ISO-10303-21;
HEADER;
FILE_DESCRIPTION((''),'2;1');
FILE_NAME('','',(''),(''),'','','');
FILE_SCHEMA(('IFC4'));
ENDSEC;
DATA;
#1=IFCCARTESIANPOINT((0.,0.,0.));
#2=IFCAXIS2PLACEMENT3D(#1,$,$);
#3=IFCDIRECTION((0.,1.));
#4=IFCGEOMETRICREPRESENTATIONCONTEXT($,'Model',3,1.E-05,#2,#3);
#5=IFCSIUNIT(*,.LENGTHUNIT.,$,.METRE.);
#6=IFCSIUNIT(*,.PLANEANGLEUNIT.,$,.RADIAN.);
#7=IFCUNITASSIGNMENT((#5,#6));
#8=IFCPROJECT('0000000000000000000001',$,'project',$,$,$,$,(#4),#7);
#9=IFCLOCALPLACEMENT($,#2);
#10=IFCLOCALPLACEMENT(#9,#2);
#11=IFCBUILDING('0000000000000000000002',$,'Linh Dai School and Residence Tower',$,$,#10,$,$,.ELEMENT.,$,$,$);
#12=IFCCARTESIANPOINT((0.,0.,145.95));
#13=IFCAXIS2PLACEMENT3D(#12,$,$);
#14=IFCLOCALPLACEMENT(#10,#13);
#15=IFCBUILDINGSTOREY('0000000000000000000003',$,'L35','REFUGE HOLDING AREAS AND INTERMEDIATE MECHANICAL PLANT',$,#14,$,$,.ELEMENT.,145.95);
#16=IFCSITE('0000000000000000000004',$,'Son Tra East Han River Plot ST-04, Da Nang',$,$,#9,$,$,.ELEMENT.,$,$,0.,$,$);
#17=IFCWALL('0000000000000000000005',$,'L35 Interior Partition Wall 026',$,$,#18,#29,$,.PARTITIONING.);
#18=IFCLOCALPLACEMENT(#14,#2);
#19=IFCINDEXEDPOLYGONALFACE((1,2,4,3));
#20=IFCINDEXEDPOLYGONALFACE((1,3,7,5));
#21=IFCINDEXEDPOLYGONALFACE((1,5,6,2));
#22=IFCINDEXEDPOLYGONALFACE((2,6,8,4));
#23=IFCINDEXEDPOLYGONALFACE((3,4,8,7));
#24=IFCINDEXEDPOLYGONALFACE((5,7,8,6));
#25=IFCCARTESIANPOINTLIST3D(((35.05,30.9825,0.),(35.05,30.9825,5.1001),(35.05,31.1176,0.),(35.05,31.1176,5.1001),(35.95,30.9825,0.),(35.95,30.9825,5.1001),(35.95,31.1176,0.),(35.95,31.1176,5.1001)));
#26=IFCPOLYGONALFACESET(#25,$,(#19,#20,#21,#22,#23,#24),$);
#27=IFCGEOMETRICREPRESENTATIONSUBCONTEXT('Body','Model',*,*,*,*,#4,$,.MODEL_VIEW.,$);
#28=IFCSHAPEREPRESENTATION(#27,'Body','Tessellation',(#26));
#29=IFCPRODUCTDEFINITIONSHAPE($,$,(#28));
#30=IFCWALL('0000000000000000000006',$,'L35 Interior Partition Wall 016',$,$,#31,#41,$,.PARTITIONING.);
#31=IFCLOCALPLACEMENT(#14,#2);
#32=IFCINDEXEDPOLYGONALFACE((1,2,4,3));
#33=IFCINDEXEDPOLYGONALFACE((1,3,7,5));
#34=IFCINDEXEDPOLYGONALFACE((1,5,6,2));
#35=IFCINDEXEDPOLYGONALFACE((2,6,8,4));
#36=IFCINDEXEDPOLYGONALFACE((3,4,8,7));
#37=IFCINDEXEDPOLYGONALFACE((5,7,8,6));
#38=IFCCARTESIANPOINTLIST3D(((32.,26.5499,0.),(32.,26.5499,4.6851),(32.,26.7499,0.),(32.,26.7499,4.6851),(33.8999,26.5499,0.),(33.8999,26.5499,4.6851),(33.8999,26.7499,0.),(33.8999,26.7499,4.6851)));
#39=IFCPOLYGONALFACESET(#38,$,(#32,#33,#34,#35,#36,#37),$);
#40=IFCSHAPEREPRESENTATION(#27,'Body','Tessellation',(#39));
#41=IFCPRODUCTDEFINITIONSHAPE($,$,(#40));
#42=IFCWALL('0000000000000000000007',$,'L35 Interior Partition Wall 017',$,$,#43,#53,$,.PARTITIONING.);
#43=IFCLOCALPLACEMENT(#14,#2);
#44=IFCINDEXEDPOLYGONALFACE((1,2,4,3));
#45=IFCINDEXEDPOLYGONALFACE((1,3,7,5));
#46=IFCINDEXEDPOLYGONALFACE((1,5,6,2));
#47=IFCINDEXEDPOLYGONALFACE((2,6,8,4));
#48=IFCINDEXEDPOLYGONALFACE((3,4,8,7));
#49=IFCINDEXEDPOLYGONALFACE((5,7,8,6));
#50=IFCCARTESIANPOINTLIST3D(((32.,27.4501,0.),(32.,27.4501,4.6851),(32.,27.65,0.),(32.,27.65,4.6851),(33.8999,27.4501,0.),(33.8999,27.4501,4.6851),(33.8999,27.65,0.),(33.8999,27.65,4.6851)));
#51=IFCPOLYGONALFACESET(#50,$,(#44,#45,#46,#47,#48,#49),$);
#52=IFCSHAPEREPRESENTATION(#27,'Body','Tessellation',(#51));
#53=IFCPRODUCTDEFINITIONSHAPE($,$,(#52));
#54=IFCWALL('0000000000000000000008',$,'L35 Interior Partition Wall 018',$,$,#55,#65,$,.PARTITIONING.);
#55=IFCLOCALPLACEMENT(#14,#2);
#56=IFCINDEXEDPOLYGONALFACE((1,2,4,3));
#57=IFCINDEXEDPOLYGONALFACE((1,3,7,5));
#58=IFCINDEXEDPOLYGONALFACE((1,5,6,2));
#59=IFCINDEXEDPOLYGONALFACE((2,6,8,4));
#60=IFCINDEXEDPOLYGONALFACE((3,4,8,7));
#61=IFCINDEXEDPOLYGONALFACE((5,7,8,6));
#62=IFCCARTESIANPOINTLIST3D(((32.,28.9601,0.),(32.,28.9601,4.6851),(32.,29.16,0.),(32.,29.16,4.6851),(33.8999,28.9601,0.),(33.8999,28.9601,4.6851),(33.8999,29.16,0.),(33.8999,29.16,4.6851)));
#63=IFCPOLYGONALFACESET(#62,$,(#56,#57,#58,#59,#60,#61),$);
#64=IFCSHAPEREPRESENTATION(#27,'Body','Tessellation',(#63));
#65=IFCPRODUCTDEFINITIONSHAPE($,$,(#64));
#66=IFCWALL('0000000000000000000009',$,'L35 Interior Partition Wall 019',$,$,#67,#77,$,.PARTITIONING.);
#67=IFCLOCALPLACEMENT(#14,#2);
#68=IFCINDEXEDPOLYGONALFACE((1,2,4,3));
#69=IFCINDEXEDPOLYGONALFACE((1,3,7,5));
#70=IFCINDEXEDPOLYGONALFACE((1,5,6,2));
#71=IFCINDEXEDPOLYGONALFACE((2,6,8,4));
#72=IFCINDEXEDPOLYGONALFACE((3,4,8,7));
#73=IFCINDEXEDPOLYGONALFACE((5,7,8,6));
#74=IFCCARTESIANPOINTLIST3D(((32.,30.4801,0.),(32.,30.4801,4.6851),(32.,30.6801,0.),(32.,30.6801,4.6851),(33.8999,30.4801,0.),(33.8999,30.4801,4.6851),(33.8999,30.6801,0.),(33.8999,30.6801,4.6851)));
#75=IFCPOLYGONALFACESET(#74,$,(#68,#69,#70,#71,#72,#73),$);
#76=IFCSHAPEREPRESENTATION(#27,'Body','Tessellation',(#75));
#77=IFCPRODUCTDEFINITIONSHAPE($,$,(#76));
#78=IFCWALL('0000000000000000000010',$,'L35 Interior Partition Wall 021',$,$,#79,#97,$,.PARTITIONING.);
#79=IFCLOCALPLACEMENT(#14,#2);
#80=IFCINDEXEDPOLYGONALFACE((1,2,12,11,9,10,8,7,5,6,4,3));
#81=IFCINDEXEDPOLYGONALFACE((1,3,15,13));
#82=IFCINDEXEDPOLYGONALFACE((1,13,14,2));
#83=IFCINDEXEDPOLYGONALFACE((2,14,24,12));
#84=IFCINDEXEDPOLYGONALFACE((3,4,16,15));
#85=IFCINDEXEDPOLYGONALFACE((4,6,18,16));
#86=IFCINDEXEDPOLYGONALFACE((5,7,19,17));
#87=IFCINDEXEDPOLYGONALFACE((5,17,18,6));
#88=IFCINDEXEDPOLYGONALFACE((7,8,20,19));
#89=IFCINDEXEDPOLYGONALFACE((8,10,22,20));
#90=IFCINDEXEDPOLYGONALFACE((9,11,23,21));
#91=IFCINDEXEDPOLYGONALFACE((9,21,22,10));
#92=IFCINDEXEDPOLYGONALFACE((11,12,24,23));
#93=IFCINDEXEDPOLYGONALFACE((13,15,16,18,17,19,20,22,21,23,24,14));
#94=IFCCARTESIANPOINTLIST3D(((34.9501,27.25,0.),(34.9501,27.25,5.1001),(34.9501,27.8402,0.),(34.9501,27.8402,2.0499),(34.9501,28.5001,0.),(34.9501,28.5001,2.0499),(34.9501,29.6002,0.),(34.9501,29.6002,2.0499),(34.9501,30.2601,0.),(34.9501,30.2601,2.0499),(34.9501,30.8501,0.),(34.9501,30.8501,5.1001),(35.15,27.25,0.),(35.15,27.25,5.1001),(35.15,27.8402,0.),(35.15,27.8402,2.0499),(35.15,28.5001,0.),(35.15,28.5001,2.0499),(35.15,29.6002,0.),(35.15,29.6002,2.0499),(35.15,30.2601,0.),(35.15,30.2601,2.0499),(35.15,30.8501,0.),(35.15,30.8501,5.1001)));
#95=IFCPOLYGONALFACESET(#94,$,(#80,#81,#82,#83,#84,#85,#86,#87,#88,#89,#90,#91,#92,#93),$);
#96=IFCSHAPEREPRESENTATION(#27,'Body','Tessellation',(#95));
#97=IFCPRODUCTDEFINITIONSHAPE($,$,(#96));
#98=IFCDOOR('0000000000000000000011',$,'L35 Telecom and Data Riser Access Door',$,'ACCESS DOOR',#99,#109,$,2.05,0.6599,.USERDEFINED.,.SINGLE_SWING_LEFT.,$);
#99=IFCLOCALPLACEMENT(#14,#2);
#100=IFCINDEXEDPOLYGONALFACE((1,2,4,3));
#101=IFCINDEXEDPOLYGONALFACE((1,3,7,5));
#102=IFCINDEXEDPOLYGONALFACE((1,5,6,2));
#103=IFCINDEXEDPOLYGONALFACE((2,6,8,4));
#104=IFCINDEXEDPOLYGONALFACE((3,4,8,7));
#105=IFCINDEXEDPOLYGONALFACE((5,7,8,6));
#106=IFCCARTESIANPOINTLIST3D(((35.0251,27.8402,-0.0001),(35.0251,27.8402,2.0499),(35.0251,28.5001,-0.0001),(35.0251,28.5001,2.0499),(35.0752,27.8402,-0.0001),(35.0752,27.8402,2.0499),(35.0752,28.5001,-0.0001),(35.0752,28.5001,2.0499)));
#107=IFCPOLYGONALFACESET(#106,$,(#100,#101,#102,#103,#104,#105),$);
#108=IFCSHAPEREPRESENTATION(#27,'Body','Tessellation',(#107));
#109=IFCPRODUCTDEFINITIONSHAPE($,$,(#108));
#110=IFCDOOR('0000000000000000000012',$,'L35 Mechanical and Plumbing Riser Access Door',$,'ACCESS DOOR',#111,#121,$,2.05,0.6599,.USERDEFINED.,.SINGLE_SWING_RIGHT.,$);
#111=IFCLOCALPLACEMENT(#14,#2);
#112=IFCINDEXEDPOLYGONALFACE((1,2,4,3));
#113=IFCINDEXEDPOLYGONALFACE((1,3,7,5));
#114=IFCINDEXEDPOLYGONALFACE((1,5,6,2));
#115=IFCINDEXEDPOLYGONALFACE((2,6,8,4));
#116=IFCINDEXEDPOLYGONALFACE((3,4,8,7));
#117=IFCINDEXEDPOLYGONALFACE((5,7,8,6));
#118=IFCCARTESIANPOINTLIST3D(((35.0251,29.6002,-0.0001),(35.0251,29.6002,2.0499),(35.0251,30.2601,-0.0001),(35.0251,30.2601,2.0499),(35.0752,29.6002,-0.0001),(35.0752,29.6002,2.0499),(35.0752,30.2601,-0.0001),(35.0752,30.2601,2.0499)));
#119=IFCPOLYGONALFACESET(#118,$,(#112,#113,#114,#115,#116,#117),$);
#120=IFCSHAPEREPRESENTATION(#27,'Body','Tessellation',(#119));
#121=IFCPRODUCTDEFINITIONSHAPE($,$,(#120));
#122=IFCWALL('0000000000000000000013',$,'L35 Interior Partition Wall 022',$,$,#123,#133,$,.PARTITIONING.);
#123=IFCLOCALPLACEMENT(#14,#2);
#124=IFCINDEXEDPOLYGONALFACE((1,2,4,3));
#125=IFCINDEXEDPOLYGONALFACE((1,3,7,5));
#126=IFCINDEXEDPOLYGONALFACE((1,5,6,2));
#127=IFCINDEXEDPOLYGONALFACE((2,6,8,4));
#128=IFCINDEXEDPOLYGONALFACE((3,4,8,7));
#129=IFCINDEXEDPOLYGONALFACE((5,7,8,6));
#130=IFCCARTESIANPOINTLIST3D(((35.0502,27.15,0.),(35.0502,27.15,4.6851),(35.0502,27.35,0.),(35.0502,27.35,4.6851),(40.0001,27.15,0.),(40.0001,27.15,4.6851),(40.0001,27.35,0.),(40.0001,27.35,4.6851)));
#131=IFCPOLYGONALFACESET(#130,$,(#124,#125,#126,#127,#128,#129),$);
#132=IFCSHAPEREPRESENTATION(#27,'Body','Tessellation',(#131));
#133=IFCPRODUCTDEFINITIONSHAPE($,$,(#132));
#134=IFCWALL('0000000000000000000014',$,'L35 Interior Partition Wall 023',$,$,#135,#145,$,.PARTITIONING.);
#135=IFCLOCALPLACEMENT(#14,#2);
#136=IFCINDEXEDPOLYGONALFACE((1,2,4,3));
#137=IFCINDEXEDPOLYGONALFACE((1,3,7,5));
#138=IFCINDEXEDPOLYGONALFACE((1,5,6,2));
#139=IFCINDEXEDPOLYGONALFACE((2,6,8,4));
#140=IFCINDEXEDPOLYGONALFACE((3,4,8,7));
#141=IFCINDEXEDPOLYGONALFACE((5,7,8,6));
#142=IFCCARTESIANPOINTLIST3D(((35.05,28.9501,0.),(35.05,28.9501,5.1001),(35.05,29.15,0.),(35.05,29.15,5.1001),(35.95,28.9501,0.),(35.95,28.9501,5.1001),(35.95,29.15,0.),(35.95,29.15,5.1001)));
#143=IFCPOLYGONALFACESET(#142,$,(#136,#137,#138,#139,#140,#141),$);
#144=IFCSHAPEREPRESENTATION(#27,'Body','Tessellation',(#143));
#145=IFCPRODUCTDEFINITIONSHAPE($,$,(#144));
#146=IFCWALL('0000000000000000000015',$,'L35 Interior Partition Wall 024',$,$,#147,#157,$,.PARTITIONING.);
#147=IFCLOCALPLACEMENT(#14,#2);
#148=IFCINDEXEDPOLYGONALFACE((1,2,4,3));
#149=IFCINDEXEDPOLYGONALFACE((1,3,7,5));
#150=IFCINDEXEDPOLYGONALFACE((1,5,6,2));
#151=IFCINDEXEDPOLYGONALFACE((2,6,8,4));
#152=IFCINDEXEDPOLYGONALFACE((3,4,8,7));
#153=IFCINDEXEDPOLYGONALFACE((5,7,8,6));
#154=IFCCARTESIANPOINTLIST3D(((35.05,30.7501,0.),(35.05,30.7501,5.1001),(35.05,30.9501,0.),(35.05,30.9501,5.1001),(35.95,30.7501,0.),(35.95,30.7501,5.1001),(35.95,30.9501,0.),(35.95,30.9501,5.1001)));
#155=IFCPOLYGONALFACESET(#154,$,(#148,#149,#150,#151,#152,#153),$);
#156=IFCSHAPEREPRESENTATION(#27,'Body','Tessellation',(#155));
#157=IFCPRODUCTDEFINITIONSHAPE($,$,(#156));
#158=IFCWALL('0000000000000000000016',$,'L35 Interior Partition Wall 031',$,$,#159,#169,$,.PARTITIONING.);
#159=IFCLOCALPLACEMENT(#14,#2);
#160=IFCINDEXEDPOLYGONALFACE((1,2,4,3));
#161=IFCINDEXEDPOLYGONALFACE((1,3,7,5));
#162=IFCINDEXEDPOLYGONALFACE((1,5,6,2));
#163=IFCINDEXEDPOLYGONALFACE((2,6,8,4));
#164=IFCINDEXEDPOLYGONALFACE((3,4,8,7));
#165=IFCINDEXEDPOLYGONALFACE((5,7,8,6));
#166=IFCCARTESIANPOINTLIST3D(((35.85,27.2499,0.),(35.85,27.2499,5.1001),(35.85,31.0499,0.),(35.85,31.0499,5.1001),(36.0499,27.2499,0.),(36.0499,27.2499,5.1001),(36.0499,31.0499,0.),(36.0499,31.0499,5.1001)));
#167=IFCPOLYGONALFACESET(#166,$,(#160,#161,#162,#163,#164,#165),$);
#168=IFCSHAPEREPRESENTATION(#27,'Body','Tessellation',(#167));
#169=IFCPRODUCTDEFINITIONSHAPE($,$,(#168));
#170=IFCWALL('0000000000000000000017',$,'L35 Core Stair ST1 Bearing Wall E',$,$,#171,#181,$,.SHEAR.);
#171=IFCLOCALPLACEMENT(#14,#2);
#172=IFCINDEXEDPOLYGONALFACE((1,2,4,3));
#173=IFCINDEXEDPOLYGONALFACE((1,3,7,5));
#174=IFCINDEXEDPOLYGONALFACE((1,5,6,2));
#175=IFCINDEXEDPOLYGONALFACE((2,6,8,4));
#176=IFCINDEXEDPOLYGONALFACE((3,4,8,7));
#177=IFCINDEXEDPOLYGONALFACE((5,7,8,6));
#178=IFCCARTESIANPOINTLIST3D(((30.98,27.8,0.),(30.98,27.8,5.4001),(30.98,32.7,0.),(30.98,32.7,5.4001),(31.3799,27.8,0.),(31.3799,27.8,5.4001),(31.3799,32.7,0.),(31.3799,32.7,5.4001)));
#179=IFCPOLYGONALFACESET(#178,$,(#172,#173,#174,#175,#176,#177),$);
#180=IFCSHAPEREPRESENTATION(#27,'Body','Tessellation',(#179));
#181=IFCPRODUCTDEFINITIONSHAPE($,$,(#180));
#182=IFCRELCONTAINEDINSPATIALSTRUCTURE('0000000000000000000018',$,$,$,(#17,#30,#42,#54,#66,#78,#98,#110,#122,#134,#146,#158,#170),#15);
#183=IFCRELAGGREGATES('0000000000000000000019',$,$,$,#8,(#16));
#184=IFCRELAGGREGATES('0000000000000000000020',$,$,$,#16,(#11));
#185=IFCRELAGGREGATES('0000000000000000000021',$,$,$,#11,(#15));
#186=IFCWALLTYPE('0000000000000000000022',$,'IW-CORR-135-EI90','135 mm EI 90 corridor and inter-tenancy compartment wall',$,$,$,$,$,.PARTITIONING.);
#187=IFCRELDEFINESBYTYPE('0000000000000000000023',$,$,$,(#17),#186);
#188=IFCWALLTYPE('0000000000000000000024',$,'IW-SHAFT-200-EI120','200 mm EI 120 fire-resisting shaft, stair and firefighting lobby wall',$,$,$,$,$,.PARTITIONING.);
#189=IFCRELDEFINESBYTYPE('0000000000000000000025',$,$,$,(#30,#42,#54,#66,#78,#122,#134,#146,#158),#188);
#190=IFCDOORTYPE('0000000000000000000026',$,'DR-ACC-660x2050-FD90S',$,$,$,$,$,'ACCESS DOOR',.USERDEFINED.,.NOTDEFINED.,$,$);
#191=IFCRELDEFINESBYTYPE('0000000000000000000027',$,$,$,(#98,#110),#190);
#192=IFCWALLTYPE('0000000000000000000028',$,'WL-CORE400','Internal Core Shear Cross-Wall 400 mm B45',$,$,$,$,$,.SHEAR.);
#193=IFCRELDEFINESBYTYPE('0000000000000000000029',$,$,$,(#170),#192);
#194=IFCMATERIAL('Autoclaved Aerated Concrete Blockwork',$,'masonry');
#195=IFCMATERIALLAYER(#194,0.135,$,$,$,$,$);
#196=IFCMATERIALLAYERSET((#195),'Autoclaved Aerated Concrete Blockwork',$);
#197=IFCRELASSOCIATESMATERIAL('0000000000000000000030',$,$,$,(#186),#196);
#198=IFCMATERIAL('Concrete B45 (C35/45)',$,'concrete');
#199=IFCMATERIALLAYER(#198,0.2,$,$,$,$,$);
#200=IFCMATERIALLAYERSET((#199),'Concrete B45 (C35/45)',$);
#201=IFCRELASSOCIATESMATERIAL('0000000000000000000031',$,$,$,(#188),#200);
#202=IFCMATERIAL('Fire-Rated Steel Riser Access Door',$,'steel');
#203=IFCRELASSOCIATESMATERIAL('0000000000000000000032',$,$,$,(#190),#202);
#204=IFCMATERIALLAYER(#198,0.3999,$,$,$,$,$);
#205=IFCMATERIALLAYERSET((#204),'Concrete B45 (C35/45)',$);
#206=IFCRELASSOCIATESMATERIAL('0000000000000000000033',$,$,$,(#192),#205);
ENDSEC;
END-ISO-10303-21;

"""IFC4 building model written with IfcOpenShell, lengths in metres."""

from ifc_helpers import new_model, si_unit, direction, frame, frame_2d, origin, origin_2d, place, context, subcontext, project, spatial, rectangle, extrude, source, transform, mapped, material, layer, layer_set, type_object, element, fill, save


model = new_model("IFC4")

# Units and contexts
model_context = context("Model", 3, precision=1e-05, world=origin(), true_north=direction((0.0, 1.0)))
body_context = subcontext(model_context, "Body", "Model", "MODEL_VIEW")
ifc_project = project(units=[si_unit("LENGTHUNIT", "METRE"), si_unit("PLANEANGLEUNIT", "RADIAN")], contexts=[model_context])

# Site, building, storey
site_placement = place(None, origin())
site = spatial("IfcSite", under=ifc_project, at=site_placement, Name="Son Tra East Han River Plot ST-04, Da Nang", CompositionType="ELEMENT", RefElevation=0.0)
building_placement = place(site_placement, origin())
building = spatial("IfcBuilding", under=site, at=building_placement, Name="Linh Dai School and Residence Tower", CompositionType="ELEMENT")
storey_placement = place(building_placement, frame((0.0, 0.0, 145.95)))
storey = spatial("IfcBuildingStorey", under=building, at=storey_placement, Name="L35", Description="REFUGE HOLDING AREAS AND INTERMEDIATE MECHANICAL PLANT", CompositionType="ELEMENT", Elevation=145.95)

# Shared definitions
ifc_material_1 = material(Name="Autoclaved Aerated Concrete Blockwork", Category="masonry")
ifc_layer_1 = layer(ifc_material_1, 0.135)
ifc_layer_set_1 = layer_set([ifc_layer_1], Name="Autoclaved Aerated Concrete Blockwork")
wall_type_1 = type_object("IfcWallType", Name="IW-CORR-135-EI90", Description="135 mm EI 90 corridor and inter-tenancy compartment wall", PredefinedType="PARTITIONING", material=ifc_layer_set_1)

# Walls
wall_1_placement = place(storey_placement, frame((35.05, 31.05, 0.0), z_axis=(0.0, 0.0, 1.0), x_axis=(1.0, 0.0, 0.0)))
element("IfcWall", 1, at=wall_1_placement, inside=storey, type_object=wall_type_1, Name="L35 Interior Partition Wall 026", PredefinedType="PARTITIONING", context=body_context, shape_type="SweptSolid", body=[
    extrude(rectangle(XDim=0.8999, YDim=0.135, at=frame_2d((0.45, 0.0))), origin(), (0.0, 0.0, 1.0), 5.1001),
])
ifc_material_2 = material(Name="Concrete B45 (C35/45)", Category="concrete")
ifc_layer_2 = layer(ifc_material_2, 0.2)
ifc_layer_set_2 = layer_set([ifc_layer_2], Name="Concrete B45 (C35/45)")
wall_type_2 = type_object("IfcWallType", Name="IW-SHAFT-200-EI120", Description="200 mm EI 120 fire-resisting shaft, stair and firefighting lobby wall", PredefinedType="PARTITIONING", material=ifc_layer_set_2)
for number, where, z_axis, x_axis, name in (
    (2, (32.0, 26.6499, 0.0), (0.0, 0.0, 1.0), (1.0, 0.0, 0.0), "L35 Interior Partition Wall 016"),
    (3, (32.0, 27.55, 0.0), (0.0, 0.0, 1.0), (1.0, 0.0, 0.0), "L35 Interior Partition Wall 017"),
    (4, (32.0, 29.0601, 0.0), (0.0, 0.0, 1.0), (1.0, 0.0, 0.0), "L35 Interior Partition Wall 018"),
    (5, (32.0, 30.5801, 0.0), (0.0, 0.0, 1.0), (1.0, 0.0, 0.0), "L35 Interior Partition Wall 019"),
):
    element("IfcWall", number, at=place(storey_placement, frame(where, z_axis=z_axis, x_axis=x_axis)), inside=storey, type_object=wall_type_2, Name=name, PredefinedType="PARTITIONING", context=body_context, shape_type="SweptSolid", body=[
        extrude(rectangle(XDim=1.8999, YDim=0.2, at=frame_2d((0.95, 0.0))), origin(), (0.0, 0.0, 1.0), 4.6851),
    ])

# Wall, openings, doors
wall_2_placement = place(storey_placement, frame((35.05, 27.25, 0.0), z_axis=(0.0, 0.0, 1.0), x_axis=(0.0, 1.0, 0.0)))
wall_2 = element("IfcWall", 6, at=wall_2_placement, inside=storey, type_object=wall_type_2, Name="L35 Interior Partition Wall 021", PredefinedType="PARTITIONING", context=body_context, shape_type="SweptSolid", body=[
    extrude(rectangle(XDim=3.6001, YDim=0.2, at=frame_2d((1.8, 0.0))), origin(), (0.0, 0.0, 1.0), 5.1001),
])
opening_1_placement = place(wall_2_placement, frame((0.5901, 0.0, 0.0)))
opening_1 = element("IfcOpeningElement", 7, at=opening_1_placement, cuts=wall_2, PredefinedType="OPENING", context=body_context, shape_type="SweptSolid", body=[
    extrude(rectangle(XDim=0.6599, YDim=2.05, at=origin_2d()), frame((0.3301, 0.1099, 1.0249), z_axis=(0.0, -1.0, 0.0), x_axis=(1.0, 0.0, 0.0)), (0.0, 0.0, 1.0), 0.22),
])
opening_2_placement = place(wall_2_placement, frame((2.3501, 0.0, 0.0)))
opening_2 = element("IfcOpeningElement", 8, at=opening_2_placement, cuts=wall_2, PredefinedType="OPENING", context=body_context, shape_type="SweptSolid", body=[
    extrude(rectangle(XDim=0.6599, YDim=2.05, at=origin_2d()), frame((0.3301, 0.1099, 1.0249), z_axis=(0.0, -1.0, 0.0), x_axis=(1.0, 0.0, 0.0)), (0.0, 0.0, 1.0), 0.22),
])
ifc_material_3 = material(Name="Fire-Rated Steel Riser Access Door", Category="steel")
door_type_1 = type_object("IfcDoorType", Name="DR-ACC-660x2050-FD90S", ElementType="ACCESS DOOR", OperationType="NOTDEFINED", PredefinedType="USERDEFINED", material=ifc_material_3)
shared_shape_1 = source(origin(), body_context, "Body", "SweptSolid", [
    extrude(rectangle(XDim=0.6599, YDim=2.05, at=origin_2d()), frame((0.3301, 0.0249, 1.0249), z_axis=(0.0, -1.0, 0.0), x_axis=(1.0, 0.0, 0.0)), (0.0, 0.0, 1.0), 0.05),
])
door_1_placement = place(opening_1_placement, origin())
door_1 = element("IfcDoor", 9, at=door_1_placement, inside=storey, type_object=door_type_1, Name="L35 Telecom and Data Riser Access Door", ObjectType="ACCESS DOOR", OperationType="SINGLE_SWING_LEFT", OverallHeight=2.05, OverallWidth=0.6599, PredefinedType="USERDEFINED", context=body_context, shape_type="MappedRepresentation", body=[
    mapped(shared_shape_1, transform((0.0, 0.0, 0.0), x_axis=(1.0, 0.0, 0.0), y_axis=(0.0, 1.0, 0.0), z_axis=(0.0, 0.0, 1.0), scale=1.0)),
])
fill(opening_1, door_1)
door_2_placement = place(opening_2_placement, origin())
door_2 = element("IfcDoor", 10, at=door_2_placement, inside=storey, type_object=door_type_1, Name="L35 Mechanical and Plumbing Riser Access Door", ObjectType="ACCESS DOOR", OperationType="SINGLE_SWING_RIGHT", OverallHeight=2.05, OverallWidth=0.6599, PredefinedType="USERDEFINED", context=body_context, shape_type="MappedRepresentation", body=[
    mapped(shared_shape_1, transform((0.0, 0.0, 0.0), x_axis=(1.0, 0.0, 0.0), y_axis=(0.0, 1.0, 0.0), z_axis=(0.0, 0.0, 1.0), scale=1.0)),
])
fill(opening_2, door_2)

# Walls
wall_3_placement = place(storey_placement, frame((35.05, 27.25, 0.0), z_axis=(0.0, 0.0, 1.0), x_axis=(1.0, 0.0, 0.0)))
element("IfcWall", 11, at=wall_3_placement, inside=storey, type_object=wall_type_2, Name="L35 Interior Partition Wall 022", PredefinedType="PARTITIONING", context=body_context, shape_type="SweptSolid", body=[
    extrude(rectangle(XDim=4.95, YDim=0.2, at=frame_2d((2.4751, 0.0))), origin(), (0.0, 0.0, 1.0), 4.6851),
])
for number, where, z_axis, x_axis, name in (
    (12, (35.05, 29.05, 0.0), (0.0, 0.0, 1.0), (1.0, 0.0, 0.0), "L35 Interior Partition Wall 023"),
    (13, (35.05, 30.8501, 0.0), (0.0, 0.0, 1.0), (1.0, 0.0, 0.0), "L35 Interior Partition Wall 024"),
):
    element("IfcWall", number, at=place(storey_placement, frame(where, z_axis=z_axis, x_axis=x_axis)), inside=storey, type_object=wall_type_2, Name=name, PredefinedType="PARTITIONING", context=body_context, shape_type="SweptSolid", body=[
        extrude(rectangle(XDim=0.8999, YDim=0.2, at=frame_2d((0.45, 0.0))), origin(), (0.0, 0.0, 1.0), 5.1001),
    ])
wall_4_placement = place(storey_placement, frame((35.95, 27.25, 0.0), z_axis=(0.0, 0.0, 1.0), x_axis=(0.0, 1.0, 0.0)))
element("IfcWall", 14, at=wall_4_placement, inside=storey, type_object=wall_type_2, Name="L35 Interior Partition Wall 031", PredefinedType="PARTITIONING", context=body_context, shape_type="SweptSolid", body=[
    extrude(rectangle(XDim=3.8, YDim=0.2, at=frame_2d((1.8999, 0.0))), origin(), (0.0, 0.0, 1.0), 5.1001),
])
ifc_layer_3 = layer(ifc_material_2, 0.3999)
ifc_layer_set_3 = layer_set([ifc_layer_3], Name="Concrete B45 (C35/45)")
wall_type_3 = type_object("IfcWallType", Name="WL-CORE400", Description="Internal Core Shear Cross-Wall 400 mm B45", PredefinedType="SHEAR", material=ifc_layer_set_3)
wall_5_placement = place(storey_placement, frame((31.1799, 27.8, 0.0), z_axis=(0.0, 0.0, 1.0), x_axis=(0.0, 1.0, 0.0)))
element("IfcWall", 15, at=wall_5_placement, inside=storey, type_object=wall_type_3, Name="L35 Core Stair ST1 Bearing Wall E", PredefinedType="SHEAR", context=body_context, shape_type="SweptSolid", body=[
    extrude(rectangle(XDim=4.8999, YDim=0.3999, at=frame_2d((2.45, 0.0))), origin(), (0.0, 0.0, 1.0), 5.4001),
])

save(model, "model.ifc")
